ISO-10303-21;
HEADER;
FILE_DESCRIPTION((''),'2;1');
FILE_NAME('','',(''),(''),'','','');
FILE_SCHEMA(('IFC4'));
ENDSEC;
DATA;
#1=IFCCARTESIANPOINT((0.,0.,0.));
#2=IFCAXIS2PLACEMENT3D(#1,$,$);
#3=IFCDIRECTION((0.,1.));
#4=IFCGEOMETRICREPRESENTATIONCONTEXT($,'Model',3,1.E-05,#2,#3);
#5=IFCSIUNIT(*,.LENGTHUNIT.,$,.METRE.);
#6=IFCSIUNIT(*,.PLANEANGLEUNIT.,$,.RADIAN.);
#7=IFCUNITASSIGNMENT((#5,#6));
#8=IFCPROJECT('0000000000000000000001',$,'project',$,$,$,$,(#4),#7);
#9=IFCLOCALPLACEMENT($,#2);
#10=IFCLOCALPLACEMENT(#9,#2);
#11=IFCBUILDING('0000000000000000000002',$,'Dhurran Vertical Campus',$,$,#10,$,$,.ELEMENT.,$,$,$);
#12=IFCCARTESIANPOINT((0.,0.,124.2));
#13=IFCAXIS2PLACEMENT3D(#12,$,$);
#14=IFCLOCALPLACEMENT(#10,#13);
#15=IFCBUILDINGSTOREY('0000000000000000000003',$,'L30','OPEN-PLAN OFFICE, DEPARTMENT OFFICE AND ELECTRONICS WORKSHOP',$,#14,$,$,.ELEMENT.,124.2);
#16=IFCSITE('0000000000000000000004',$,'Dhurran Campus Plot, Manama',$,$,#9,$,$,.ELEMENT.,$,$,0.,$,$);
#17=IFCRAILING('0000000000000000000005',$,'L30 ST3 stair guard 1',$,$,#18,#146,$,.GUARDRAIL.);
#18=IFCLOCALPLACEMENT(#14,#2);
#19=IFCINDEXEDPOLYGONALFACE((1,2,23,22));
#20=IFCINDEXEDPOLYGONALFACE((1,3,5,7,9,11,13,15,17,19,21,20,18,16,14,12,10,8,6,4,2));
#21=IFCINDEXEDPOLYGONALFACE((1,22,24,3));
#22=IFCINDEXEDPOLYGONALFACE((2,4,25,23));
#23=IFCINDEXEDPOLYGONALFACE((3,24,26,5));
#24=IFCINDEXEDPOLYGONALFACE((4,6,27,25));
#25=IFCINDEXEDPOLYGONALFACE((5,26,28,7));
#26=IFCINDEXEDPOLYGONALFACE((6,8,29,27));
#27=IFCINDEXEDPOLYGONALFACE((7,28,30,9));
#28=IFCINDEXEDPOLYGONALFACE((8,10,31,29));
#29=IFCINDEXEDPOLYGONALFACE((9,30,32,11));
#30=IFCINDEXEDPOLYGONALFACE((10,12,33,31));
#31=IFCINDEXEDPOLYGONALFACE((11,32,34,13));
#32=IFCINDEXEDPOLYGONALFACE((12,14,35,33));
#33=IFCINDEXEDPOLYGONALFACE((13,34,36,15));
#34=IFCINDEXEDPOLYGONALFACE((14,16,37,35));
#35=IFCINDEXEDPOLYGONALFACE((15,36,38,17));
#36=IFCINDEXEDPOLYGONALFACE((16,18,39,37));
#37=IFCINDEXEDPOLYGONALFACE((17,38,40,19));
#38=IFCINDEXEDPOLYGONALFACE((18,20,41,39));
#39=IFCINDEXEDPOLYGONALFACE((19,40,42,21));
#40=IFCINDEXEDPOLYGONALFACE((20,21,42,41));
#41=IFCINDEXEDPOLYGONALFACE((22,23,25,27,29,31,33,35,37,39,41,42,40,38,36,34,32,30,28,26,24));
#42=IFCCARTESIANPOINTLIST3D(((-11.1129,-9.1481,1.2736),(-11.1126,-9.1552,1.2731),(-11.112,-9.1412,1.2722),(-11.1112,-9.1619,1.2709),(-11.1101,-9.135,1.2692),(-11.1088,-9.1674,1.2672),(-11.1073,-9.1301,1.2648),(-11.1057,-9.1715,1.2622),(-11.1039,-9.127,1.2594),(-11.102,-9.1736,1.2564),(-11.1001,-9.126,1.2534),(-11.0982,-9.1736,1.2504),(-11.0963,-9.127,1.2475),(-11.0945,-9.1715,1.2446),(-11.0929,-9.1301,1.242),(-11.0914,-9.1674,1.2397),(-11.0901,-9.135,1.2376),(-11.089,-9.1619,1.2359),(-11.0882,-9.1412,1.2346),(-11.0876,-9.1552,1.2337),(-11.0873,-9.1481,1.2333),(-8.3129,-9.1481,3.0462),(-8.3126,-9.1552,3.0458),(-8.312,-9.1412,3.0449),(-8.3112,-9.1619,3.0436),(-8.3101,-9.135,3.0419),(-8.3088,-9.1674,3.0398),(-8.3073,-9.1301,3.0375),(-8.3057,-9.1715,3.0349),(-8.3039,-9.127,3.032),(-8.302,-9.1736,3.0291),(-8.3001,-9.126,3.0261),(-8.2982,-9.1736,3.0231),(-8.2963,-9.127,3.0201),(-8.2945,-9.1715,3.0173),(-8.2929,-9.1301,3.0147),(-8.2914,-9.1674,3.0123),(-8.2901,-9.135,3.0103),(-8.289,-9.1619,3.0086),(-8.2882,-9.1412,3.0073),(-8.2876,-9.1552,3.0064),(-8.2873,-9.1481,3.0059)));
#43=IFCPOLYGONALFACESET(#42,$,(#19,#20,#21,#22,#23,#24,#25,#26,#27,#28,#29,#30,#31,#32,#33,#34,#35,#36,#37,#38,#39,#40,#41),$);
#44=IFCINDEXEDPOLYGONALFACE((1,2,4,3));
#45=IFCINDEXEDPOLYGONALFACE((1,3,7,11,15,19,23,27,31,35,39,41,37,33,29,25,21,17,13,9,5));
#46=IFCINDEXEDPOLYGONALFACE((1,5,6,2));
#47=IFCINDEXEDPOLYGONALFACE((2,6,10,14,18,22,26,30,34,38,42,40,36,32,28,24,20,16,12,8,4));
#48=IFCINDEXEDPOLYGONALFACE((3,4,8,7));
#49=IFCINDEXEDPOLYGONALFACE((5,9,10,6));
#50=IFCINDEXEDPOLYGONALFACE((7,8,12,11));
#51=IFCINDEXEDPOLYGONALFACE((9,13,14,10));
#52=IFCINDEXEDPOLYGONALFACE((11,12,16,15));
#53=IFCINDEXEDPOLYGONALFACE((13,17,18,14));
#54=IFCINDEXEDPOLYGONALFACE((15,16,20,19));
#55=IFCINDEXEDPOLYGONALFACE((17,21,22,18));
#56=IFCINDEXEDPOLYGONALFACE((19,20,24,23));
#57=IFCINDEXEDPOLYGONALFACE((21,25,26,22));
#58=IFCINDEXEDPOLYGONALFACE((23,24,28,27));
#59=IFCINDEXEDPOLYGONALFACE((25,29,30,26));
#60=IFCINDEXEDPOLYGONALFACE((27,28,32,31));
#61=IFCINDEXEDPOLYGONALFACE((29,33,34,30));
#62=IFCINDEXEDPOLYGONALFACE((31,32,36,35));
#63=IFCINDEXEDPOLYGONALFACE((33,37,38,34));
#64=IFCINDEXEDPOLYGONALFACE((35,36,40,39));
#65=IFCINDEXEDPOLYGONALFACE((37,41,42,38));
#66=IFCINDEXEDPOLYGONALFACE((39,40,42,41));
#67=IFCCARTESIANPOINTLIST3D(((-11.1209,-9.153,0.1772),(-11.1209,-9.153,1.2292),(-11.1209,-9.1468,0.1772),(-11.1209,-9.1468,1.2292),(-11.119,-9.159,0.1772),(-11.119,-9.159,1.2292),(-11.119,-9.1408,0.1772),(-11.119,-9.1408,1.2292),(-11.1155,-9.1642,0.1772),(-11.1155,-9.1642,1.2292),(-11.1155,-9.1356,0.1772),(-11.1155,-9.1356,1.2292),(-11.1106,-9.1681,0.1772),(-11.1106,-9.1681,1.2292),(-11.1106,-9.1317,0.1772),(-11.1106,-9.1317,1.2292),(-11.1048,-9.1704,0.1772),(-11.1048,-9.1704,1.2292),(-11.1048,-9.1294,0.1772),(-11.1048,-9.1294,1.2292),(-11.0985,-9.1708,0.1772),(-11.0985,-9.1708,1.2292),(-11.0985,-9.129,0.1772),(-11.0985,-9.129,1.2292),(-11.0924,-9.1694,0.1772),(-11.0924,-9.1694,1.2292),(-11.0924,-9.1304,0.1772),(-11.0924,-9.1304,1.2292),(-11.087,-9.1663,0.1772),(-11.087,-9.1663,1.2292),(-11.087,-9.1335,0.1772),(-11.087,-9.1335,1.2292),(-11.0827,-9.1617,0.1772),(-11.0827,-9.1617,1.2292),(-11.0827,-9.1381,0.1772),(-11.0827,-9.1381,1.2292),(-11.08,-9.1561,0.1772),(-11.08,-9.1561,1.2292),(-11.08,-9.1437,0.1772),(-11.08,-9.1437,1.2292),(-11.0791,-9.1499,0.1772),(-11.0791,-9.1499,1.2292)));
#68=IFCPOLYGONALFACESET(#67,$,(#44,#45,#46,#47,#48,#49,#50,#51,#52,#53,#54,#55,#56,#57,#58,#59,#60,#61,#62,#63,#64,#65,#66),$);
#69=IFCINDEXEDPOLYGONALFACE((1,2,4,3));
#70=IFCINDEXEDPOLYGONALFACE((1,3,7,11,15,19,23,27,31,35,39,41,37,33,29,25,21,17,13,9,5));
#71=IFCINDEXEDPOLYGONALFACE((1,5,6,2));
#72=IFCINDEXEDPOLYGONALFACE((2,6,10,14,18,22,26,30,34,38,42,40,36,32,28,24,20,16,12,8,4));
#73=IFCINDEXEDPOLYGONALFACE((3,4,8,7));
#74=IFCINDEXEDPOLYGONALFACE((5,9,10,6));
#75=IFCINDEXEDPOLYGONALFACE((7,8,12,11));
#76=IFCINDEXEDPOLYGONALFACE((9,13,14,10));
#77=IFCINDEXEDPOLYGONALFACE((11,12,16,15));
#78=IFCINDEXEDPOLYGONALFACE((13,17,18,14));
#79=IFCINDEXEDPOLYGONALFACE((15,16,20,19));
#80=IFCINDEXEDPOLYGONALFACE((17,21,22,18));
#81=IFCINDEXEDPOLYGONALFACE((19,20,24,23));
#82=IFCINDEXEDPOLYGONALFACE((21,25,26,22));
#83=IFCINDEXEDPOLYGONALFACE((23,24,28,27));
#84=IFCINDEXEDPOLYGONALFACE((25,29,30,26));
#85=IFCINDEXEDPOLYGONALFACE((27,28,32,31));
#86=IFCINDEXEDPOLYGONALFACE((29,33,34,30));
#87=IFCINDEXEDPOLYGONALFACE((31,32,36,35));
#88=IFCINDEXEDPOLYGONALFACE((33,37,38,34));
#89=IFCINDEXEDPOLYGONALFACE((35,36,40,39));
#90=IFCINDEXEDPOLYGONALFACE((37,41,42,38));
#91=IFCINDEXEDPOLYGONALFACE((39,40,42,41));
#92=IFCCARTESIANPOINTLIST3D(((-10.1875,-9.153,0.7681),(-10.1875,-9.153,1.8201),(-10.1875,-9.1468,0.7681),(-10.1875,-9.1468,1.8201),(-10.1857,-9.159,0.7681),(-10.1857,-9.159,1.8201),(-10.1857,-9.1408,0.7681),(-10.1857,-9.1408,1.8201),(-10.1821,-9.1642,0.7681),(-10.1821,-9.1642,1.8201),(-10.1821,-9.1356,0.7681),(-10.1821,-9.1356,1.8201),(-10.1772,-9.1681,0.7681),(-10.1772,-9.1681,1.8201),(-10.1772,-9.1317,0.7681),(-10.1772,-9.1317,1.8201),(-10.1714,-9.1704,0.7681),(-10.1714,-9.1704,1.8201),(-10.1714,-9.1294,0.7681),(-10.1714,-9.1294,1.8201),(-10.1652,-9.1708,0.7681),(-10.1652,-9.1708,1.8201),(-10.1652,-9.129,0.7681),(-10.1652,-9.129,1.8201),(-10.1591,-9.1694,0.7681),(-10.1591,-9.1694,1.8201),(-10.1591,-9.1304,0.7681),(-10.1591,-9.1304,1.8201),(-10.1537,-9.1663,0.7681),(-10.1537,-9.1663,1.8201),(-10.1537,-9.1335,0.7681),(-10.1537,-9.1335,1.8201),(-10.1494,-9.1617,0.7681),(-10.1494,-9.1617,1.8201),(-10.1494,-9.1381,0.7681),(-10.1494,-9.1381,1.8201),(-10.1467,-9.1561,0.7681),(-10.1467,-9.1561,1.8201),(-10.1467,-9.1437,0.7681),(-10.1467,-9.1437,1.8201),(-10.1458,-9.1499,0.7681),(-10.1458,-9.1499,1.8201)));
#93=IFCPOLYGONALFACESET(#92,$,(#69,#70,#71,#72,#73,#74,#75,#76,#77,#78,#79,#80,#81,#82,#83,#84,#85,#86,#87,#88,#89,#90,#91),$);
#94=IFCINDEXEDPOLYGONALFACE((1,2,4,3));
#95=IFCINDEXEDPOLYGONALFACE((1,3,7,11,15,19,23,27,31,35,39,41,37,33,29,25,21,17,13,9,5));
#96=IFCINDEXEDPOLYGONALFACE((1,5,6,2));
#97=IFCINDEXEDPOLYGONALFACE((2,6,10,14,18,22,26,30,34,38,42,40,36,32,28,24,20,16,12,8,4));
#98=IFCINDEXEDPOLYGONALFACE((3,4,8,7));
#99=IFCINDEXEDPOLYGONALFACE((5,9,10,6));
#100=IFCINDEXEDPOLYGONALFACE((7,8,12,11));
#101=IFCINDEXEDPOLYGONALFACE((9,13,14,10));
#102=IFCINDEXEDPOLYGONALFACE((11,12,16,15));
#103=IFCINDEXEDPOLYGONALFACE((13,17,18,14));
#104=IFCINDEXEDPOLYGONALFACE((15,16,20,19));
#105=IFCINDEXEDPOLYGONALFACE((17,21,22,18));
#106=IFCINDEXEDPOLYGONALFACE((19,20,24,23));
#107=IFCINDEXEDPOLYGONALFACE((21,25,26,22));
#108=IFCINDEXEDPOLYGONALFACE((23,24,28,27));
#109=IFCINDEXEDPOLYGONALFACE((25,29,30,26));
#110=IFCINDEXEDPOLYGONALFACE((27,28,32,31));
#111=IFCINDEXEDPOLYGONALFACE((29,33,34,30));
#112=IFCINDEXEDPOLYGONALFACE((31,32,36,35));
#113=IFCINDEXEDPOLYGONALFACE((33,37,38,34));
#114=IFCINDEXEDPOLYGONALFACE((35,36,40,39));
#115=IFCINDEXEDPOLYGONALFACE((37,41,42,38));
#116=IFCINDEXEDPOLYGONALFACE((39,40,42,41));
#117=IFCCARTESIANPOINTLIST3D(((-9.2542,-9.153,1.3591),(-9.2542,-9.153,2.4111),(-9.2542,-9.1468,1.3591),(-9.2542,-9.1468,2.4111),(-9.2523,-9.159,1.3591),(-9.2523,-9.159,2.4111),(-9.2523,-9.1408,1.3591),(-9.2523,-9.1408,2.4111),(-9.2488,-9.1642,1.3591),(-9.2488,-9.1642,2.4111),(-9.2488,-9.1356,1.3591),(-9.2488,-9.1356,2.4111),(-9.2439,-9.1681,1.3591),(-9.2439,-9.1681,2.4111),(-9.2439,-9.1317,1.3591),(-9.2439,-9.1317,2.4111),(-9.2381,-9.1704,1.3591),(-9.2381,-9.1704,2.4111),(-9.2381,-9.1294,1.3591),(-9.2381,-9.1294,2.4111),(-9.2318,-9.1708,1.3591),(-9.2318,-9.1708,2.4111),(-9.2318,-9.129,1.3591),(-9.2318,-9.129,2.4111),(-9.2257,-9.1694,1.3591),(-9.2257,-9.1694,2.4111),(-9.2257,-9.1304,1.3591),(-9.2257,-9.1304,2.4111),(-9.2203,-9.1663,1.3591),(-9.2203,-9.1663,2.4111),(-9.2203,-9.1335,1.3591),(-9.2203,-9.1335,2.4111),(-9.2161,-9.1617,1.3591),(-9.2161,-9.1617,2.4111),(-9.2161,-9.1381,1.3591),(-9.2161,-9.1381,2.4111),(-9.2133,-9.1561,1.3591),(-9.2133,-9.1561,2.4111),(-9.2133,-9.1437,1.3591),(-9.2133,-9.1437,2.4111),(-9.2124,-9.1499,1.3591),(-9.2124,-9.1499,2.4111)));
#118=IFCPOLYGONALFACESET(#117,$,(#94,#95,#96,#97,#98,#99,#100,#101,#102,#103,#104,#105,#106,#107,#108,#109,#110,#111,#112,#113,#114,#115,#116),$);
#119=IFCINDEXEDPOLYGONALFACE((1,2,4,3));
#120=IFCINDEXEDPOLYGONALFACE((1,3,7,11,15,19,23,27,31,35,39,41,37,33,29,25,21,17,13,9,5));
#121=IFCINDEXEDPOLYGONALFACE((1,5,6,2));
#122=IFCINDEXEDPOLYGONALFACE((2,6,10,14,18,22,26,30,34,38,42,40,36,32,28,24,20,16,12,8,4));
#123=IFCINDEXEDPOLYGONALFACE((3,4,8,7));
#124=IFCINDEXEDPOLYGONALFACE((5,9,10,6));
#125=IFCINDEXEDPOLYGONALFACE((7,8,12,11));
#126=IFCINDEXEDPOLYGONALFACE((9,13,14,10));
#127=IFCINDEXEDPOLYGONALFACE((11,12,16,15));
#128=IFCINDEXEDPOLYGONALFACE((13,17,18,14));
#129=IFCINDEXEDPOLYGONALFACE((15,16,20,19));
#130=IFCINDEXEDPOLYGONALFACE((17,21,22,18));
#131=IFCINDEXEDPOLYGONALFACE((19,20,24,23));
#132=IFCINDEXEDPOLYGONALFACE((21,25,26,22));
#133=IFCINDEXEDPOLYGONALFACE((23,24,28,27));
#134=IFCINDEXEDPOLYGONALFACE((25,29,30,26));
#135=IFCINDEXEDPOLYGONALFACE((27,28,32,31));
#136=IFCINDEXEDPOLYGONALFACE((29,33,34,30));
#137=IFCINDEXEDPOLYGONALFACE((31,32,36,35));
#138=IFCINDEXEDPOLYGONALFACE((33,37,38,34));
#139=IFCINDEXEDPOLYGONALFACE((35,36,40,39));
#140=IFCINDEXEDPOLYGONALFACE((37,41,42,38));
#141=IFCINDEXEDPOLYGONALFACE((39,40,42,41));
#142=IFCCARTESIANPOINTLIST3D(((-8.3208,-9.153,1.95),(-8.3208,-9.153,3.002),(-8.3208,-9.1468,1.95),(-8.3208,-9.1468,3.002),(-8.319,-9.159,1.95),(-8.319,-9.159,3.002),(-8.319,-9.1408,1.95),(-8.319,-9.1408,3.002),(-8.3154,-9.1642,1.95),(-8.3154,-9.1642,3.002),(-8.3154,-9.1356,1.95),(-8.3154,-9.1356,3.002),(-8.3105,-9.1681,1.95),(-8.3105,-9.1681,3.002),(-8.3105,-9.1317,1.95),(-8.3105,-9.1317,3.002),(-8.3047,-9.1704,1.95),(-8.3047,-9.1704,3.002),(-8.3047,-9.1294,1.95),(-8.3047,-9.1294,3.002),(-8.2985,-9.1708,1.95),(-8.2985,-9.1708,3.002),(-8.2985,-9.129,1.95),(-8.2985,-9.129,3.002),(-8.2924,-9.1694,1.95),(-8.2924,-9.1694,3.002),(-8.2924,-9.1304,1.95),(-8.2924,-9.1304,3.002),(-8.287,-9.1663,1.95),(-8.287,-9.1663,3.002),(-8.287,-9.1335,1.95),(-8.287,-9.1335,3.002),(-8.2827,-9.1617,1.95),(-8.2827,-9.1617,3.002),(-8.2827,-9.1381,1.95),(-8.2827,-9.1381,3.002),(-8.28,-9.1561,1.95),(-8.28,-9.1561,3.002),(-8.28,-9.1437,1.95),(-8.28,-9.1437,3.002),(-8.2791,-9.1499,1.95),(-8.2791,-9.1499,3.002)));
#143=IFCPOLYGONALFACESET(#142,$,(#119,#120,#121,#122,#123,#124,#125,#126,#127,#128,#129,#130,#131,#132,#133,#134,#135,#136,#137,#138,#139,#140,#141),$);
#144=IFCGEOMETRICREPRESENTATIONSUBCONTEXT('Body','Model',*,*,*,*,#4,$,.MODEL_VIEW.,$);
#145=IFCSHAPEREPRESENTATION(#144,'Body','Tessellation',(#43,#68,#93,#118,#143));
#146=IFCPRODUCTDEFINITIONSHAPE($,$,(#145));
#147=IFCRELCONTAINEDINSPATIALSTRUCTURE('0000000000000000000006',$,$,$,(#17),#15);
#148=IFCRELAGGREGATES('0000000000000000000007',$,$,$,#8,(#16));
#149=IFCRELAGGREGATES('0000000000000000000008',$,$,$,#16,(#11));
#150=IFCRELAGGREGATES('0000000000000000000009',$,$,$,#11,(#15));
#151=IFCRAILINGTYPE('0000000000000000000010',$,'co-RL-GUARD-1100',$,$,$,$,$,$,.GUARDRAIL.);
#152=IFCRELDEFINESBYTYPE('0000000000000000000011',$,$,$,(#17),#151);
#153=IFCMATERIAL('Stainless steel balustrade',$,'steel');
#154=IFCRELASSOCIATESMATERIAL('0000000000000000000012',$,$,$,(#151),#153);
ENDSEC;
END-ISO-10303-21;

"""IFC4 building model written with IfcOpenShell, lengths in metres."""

from ifc_helpers import new_model, si_unit, direction, frame, origin, origin_2d, place, context, subcontext, project, spatial, circle, extrude, material, type_object, element, save


model = new_model("IFC4")

# Units and contexts
model_context = context("Model", 3, precision=1e-05, world=origin(), true_north=direction((0.0, 1.0)))
body_context = subcontext(model_context, "Body", "Model", "MODEL_VIEW")
ifc_project = project(units=[si_unit("LENGTHUNIT", "METRE"), si_unit("PLANEANGLEUNIT", "RADIAN")], contexts=[model_context])

# Site, building, storey
site_placement = place(None, origin())
site = spatial("IfcSite", under=ifc_project, at=site_placement, Name="Dhurran Campus Plot, Manama", CompositionType="ELEMENT", RefElevation=0.0)
building_placement = place(site_placement, origin())
building = spatial("IfcBuilding", under=site, at=building_placement, Name="Dhurran Vertical Campus", CompositionType="ELEMENT")
storey_placement = place(building_placement, frame((0.0, 0.0, 124.2)))
storey = spatial("IfcBuildingStorey", under=building, at=storey_placement, Name="L30", Description="OPEN-PLAN OFFICE, DEPARTMENT OFFICE AND ELECTRONICS WORKSHOP", CompositionType="ELEMENT", Elevation=124.2)

# Railing
ifc_material_1 = material(Name="Stainless steel balustrade", Category="steel")
railing_type_1 = type_object("IfcRailingType", Name="co-RL-GUARD-1100", PredefinedType="GUARDRAIL", material=ifc_material_1)
railing_1_placement = place(storey_placement, frame((-11.1001, -9.1499, 0.1772)))
element("IfcRailing", 1, at=railing_1_placement, inside=storey, type_object=railing_type_1, Name="L30 ST3 stair guard 1", PredefinedType="GUARDRAIL", context=body_context, shape_type="SweptSolid", body=[
    extrude(circle(Radius=0.0239, at=origin_2d()), frame((0.0, 0.0, 1.0762), z_axis=(0.844909, 0.0, 0.53491), x_axis=(0.0, 1.0, 0.0)), (0.0, 0.0, 1.0), 3.314),
    extrude(circle(Radius=0.021, at=origin_2d()), origin(), (0.0, 0.0, 1.0), 1.052),
    extrude(circle(Radius=0.021, at=origin_2d()), frame((0.9333, 0.0, 0.5908)), (0.0, 0.0, 1.0), 1.052),
    extrude(circle(Radius=0.021, at=origin_2d()), frame((1.8667, 0.0, 1.1819)), (0.0, 0.0, 1.0), 1.052),
    extrude(circle(Radius=0.021, at=origin_2d()), frame((2.8, 0.0, 1.7727)), (0.0, 0.0, 1.0), 1.052),
])

save(model, "model.ifc")
